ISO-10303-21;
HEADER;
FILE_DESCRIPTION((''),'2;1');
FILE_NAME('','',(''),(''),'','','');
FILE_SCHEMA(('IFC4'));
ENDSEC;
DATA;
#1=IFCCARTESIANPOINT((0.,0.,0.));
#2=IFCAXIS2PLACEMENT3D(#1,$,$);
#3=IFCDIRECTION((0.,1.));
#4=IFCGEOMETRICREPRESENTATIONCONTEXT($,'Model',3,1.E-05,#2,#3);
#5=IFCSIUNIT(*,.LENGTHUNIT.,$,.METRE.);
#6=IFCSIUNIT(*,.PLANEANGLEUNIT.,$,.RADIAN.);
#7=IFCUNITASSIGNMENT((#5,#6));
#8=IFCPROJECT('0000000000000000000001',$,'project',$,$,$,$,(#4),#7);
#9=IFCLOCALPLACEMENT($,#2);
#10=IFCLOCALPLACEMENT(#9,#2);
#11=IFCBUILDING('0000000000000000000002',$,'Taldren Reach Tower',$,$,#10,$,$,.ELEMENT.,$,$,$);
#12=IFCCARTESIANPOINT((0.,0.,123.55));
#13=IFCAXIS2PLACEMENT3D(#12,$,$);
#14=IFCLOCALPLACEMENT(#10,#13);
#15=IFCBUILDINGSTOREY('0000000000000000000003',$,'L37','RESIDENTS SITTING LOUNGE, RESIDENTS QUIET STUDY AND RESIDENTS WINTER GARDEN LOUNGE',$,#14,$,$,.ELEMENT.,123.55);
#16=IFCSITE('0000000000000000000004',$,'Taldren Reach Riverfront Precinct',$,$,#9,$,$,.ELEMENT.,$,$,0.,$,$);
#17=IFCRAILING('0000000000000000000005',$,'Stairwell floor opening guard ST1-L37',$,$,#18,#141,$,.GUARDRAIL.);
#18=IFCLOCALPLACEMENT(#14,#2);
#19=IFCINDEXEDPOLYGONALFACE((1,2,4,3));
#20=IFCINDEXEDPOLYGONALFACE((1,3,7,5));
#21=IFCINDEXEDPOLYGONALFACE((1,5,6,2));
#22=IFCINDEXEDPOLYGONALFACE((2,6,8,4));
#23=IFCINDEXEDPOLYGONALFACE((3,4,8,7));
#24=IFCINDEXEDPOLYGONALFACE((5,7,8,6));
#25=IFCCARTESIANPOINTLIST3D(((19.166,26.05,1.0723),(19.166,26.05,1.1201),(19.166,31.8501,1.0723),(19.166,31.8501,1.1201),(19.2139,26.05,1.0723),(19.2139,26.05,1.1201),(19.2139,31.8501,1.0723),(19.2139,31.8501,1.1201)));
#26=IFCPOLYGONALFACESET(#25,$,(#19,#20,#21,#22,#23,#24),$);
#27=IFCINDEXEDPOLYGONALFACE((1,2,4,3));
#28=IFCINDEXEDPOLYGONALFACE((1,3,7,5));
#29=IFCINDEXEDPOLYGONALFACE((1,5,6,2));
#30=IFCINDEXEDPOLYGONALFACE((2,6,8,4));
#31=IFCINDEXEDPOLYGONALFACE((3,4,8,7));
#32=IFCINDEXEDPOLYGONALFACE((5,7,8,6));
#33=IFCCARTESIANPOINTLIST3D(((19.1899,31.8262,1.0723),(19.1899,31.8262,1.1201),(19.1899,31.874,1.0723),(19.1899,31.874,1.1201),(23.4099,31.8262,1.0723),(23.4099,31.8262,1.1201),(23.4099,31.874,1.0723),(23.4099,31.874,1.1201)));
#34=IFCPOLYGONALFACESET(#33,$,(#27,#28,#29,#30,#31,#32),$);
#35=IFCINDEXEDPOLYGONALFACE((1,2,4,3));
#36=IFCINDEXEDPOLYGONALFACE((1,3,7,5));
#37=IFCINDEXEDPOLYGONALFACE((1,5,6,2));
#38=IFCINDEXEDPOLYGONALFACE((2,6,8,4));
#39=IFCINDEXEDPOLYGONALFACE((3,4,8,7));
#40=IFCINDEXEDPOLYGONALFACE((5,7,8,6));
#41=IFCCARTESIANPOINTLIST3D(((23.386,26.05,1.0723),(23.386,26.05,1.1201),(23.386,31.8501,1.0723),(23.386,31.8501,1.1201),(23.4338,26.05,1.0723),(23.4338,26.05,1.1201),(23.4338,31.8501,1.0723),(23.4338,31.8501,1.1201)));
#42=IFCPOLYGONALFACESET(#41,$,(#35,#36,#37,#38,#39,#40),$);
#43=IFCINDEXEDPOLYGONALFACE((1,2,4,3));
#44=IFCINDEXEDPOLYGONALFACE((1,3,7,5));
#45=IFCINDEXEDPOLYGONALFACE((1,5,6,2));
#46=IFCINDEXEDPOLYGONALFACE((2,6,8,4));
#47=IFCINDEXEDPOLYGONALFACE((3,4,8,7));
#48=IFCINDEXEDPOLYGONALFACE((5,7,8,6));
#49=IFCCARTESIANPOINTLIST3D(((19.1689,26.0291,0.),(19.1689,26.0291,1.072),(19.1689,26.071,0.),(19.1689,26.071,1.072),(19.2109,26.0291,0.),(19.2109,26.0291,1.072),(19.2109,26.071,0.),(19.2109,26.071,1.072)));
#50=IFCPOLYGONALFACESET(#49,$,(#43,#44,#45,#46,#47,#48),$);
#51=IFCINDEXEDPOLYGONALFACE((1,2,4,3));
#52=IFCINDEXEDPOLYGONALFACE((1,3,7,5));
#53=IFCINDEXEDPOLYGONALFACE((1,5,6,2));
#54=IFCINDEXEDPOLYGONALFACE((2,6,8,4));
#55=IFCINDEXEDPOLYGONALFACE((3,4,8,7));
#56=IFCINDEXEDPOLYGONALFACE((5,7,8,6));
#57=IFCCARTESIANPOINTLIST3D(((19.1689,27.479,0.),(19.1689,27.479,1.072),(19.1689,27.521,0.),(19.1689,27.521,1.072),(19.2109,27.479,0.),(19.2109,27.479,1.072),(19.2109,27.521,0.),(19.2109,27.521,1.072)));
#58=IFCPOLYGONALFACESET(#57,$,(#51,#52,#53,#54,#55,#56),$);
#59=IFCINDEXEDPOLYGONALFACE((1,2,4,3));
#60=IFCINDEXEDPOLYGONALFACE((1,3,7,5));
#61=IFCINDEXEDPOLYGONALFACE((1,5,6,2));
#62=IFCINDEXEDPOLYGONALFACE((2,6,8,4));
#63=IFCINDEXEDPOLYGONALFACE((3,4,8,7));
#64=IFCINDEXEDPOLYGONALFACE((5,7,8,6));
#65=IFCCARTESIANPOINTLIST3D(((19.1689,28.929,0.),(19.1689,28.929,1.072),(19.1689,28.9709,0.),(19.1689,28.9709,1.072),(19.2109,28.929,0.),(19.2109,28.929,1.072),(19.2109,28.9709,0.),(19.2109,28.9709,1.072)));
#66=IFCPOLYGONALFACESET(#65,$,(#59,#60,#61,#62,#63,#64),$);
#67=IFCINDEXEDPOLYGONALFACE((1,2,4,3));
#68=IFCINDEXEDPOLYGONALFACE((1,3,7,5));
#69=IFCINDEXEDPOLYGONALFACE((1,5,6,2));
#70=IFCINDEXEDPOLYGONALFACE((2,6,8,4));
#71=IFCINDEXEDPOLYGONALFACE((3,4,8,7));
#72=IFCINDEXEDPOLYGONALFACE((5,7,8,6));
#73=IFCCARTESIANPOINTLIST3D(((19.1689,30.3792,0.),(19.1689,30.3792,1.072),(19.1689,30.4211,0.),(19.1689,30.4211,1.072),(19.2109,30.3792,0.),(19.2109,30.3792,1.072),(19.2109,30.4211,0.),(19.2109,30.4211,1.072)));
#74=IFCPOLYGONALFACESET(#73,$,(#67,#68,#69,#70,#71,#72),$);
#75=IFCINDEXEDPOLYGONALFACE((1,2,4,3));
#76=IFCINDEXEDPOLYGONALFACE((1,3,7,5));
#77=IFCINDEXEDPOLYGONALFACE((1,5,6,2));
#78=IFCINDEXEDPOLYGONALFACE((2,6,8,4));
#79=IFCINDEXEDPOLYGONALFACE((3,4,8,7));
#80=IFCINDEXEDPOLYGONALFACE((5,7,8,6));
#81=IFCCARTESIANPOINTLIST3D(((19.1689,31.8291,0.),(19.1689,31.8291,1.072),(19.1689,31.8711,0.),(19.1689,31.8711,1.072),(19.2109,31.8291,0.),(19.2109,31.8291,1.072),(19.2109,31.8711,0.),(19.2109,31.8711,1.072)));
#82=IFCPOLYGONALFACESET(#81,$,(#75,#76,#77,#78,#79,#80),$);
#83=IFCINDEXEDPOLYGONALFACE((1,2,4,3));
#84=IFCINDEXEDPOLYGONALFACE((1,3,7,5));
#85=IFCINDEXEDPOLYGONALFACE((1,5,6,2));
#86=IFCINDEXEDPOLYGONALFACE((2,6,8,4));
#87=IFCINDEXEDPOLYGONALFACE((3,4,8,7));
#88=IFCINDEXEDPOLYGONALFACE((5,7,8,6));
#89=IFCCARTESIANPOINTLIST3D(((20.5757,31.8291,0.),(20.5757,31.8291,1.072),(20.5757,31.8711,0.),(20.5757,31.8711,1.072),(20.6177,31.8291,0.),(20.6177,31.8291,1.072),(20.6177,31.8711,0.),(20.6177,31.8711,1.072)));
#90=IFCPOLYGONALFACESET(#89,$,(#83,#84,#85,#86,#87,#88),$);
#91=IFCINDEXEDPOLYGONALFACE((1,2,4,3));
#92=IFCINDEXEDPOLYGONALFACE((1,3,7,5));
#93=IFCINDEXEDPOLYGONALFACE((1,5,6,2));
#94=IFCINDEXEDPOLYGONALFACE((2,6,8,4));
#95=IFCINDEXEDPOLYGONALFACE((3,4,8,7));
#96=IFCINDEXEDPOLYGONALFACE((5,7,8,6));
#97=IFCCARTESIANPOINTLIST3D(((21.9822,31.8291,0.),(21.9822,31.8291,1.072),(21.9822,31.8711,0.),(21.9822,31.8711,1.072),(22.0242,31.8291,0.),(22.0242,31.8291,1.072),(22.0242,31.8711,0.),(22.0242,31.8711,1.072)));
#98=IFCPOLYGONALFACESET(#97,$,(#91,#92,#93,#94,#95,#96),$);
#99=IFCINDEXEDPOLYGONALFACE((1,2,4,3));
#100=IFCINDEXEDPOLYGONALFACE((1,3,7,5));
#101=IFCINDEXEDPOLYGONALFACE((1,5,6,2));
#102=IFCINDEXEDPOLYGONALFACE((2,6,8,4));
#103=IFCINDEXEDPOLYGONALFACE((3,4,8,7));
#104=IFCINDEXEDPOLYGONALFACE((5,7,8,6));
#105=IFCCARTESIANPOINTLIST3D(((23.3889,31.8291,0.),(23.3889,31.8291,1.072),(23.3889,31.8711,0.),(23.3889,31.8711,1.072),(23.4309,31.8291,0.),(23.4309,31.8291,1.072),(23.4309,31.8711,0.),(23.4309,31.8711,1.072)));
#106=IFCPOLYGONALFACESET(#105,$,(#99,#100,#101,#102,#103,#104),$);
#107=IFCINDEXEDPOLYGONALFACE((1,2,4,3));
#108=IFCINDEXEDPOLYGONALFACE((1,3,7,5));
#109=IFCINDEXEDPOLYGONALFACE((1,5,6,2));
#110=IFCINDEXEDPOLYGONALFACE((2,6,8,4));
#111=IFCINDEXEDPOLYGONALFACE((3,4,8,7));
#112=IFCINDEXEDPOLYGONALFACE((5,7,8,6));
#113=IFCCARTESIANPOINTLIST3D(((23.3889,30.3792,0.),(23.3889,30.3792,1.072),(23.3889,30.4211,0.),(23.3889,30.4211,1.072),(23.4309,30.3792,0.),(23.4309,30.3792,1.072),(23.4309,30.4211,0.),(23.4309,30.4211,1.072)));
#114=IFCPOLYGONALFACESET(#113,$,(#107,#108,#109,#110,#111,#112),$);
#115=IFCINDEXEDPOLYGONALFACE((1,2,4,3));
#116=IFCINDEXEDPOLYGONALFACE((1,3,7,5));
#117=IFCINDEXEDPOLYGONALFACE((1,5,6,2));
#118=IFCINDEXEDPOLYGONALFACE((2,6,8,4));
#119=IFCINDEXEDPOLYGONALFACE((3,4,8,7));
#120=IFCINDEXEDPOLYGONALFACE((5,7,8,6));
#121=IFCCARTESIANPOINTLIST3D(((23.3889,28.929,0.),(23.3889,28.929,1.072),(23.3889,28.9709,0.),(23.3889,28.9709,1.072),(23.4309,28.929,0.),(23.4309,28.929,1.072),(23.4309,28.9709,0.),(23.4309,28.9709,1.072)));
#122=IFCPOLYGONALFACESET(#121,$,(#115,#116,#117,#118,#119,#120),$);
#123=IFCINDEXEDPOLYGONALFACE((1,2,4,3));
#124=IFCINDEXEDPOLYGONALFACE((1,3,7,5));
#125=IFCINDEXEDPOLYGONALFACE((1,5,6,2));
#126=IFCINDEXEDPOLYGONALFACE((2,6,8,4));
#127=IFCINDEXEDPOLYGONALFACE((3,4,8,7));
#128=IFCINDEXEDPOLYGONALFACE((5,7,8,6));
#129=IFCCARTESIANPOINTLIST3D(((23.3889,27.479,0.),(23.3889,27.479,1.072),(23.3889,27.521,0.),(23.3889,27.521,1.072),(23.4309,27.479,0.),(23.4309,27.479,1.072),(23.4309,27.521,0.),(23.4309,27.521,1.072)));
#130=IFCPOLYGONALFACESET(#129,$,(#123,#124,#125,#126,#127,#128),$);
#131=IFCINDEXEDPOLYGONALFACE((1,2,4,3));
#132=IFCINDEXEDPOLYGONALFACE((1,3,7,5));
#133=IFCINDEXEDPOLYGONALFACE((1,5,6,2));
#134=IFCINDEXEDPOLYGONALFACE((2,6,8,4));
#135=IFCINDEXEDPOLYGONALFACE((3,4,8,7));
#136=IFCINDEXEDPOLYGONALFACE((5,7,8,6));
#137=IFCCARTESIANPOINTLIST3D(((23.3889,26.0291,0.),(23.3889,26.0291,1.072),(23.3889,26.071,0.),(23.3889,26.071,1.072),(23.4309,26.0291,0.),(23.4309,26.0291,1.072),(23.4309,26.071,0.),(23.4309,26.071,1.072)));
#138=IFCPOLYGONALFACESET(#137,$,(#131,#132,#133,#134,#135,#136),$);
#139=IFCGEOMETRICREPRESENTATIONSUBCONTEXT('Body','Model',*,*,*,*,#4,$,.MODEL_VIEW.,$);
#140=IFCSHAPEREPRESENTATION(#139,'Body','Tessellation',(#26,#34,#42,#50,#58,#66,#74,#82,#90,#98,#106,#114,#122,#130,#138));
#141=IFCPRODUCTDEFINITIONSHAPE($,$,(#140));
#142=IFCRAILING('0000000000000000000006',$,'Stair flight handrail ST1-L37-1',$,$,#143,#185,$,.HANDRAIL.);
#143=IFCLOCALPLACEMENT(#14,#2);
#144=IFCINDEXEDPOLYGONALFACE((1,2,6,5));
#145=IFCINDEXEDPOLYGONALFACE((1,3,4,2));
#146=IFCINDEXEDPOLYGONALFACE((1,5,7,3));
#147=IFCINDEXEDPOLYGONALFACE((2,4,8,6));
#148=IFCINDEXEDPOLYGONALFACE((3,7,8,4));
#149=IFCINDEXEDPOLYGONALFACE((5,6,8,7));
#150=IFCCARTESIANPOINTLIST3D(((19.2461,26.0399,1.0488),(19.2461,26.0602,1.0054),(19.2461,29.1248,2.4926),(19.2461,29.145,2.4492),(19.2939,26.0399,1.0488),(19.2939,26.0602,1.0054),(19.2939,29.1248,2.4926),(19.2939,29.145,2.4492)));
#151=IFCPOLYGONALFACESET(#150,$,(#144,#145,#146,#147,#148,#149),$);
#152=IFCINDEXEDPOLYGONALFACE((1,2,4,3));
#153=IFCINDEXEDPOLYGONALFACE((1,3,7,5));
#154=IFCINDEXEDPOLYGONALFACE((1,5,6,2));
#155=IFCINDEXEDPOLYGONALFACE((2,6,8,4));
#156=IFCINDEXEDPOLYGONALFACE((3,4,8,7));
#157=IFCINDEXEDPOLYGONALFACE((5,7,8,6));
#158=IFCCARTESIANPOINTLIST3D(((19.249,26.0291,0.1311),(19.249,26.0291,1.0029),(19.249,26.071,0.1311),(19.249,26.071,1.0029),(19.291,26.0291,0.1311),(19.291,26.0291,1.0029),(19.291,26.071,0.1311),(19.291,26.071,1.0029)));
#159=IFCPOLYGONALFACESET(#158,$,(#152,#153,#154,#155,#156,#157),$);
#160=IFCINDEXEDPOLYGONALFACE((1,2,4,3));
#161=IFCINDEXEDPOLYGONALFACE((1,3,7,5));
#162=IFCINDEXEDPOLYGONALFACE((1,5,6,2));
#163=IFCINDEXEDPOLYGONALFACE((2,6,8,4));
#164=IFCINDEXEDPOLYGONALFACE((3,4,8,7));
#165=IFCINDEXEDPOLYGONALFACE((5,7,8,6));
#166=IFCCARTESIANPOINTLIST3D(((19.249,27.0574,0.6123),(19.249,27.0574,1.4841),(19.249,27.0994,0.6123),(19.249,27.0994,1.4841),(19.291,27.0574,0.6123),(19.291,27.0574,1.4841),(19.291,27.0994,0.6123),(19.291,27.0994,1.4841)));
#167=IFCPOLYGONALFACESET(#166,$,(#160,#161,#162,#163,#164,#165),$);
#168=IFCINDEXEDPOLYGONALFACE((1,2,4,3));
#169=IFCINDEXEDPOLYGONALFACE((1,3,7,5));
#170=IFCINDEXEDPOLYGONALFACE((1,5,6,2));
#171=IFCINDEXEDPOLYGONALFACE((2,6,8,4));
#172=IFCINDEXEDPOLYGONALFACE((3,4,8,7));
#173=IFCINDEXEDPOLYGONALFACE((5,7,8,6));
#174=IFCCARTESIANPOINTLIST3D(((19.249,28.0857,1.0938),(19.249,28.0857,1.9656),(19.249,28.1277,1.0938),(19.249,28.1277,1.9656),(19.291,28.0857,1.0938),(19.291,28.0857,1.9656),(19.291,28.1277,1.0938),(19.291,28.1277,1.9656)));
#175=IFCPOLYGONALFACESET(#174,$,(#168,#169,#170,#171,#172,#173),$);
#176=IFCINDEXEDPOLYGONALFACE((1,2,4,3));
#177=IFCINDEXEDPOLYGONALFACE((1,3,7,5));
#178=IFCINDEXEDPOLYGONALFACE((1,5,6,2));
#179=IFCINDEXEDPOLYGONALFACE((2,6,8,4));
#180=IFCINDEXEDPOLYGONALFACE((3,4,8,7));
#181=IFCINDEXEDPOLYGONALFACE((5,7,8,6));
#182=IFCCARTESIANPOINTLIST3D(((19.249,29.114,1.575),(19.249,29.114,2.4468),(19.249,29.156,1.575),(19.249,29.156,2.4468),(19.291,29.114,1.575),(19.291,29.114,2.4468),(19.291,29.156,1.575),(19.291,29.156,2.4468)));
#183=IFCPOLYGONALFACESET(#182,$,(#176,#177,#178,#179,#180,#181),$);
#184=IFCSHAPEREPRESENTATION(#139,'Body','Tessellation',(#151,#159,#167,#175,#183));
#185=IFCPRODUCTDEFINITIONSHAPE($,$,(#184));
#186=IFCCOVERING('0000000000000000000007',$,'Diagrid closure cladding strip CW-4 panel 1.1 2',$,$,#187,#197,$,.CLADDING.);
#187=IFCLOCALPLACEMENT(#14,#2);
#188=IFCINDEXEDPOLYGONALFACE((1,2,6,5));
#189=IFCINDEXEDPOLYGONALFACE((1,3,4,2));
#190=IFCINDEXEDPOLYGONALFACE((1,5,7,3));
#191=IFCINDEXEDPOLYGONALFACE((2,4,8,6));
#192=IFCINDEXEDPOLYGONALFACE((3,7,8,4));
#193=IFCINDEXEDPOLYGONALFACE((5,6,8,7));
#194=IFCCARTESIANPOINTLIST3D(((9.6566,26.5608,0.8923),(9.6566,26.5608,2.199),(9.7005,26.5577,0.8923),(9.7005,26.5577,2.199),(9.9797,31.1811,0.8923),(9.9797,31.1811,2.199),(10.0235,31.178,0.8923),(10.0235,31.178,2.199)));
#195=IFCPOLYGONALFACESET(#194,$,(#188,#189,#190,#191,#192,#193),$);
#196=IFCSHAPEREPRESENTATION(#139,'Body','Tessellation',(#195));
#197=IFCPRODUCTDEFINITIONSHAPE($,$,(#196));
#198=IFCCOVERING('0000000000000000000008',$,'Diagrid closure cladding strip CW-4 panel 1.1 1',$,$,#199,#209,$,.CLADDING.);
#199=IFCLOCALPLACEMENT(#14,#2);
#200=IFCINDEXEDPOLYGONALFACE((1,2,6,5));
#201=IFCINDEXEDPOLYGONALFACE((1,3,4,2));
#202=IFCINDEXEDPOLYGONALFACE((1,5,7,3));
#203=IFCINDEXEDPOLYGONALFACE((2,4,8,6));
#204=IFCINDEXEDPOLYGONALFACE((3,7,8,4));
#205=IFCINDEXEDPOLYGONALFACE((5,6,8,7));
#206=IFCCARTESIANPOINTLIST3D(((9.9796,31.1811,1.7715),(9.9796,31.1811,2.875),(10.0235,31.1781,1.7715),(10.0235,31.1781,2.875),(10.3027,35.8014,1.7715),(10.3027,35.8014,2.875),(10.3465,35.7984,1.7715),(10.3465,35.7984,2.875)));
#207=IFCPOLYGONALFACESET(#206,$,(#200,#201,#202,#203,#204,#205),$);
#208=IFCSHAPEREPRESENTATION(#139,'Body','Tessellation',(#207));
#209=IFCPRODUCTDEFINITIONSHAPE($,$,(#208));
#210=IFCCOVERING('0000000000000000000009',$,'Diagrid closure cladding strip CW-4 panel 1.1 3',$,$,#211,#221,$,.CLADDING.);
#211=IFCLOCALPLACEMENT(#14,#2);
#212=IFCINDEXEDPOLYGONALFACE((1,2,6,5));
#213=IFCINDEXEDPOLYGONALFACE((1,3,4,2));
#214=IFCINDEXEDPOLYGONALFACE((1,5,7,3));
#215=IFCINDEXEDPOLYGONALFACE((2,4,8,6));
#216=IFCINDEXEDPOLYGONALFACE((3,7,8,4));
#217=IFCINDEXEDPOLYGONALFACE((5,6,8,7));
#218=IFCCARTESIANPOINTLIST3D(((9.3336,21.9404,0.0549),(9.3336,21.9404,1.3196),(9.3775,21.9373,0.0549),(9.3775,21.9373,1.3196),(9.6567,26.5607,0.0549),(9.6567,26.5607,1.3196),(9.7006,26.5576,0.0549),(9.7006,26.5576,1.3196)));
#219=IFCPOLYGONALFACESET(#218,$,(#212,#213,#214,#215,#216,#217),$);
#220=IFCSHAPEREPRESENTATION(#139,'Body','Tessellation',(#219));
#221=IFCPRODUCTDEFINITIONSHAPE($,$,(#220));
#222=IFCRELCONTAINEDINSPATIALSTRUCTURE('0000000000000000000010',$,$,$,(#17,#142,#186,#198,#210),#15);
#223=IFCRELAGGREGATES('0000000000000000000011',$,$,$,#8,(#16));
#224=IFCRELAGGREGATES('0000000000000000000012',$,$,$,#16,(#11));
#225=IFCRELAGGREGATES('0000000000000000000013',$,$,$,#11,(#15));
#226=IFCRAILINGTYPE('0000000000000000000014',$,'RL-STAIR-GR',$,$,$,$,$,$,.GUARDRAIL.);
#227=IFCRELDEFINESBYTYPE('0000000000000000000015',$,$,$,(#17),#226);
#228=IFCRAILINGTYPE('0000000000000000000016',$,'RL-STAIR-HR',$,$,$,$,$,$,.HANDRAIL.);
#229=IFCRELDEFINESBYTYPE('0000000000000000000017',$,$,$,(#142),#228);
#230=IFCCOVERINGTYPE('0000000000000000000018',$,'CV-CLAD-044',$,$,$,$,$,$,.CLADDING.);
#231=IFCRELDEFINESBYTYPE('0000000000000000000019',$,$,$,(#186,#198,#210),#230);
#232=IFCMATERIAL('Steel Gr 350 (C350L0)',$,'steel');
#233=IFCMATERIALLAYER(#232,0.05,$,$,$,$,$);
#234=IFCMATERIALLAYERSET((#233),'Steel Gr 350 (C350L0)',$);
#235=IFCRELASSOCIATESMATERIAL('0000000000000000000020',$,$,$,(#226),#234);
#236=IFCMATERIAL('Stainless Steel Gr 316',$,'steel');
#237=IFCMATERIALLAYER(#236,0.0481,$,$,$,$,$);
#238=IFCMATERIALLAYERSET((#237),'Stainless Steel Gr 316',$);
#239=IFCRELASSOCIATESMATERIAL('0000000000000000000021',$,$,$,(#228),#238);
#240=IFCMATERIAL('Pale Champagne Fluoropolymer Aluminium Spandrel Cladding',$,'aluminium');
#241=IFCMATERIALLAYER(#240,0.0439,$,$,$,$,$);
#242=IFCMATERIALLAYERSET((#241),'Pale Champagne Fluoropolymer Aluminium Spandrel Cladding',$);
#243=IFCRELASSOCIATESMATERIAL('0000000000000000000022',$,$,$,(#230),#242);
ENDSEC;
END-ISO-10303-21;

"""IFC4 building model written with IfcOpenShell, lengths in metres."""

from ifc_helpers import new_model, si_unit, direction, frame, origin, origin_2d, place, context, subcontext, project, spatial, rectangle, extrude, source, transform, mapped, material, layer, layer_set, type_object, element, save


model = new_model("IFC4")

# Units and contexts
model_context = context("Model", 3, precision=1e-05, world=origin(), true_north=direction((0.0, 1.0)))
body_context = subcontext(model_context, "Body", "Model", "MODEL_VIEW")
ifc_project = project(units=[si_unit("LENGTHUNIT", "METRE"), si_unit("PLANEANGLEUNIT", "RADIAN")], contexts=[model_context])

# Site, building, storey
site_placement = place(None, origin())
site = spatial("IfcSite", under=ifc_project, at=site_placement, Name="Taldren Reach Riverfront Precinct", CompositionType="ELEMENT", RefElevation=0.0)
building_placement = place(site_placement, origin())
building = spatial("IfcBuilding", under=site, at=building_placement, Name="Taldren Reach Tower", CompositionType="ELEMENT")
storey_placement = place(building_placement, frame((0.0, 0.0, 123.55)))
storey = spatial("IfcBuildingStorey", under=building, at=storey_placement, Name="L37", Description="RESIDENTS SITTING LOUNGE, RESIDENTS QUIET STUDY AND RESIDENTS WINTER GARDEN LOUNGE", CompositionType="ELEMENT", Elevation=123.55)

# Shared definitions
ifc_material_1 = material(Name="Steel Gr 350 (C350L0)", Category="steel")

# Railings
ifc_layer_1 = layer(ifc_material_1, 0.05)
ifc_layer_set_1 = layer_set([ifc_layer_1], Name="Steel Gr 350 (C350L0)")
railing_type_1 = type_object("IfcRailingType", Name="RL-STAIR-GR", PredefinedType="GUARDRAIL", material=ifc_layer_set_1)
railing_1_placement = place(storey_placement, frame((19.1899, 26.05, 0.0)))
element("IfcRailing", 1, at=railing_1_placement, inside=storey, type_object=railing_type_1, Name="Stairwell floor opening guard ST1-L37", PredefinedType="GUARDRAIL", context=body_context, shape_type="SweptSolid", body=[
    extrude(rectangle(XDim=0.0479, YDim=0.0479, at=origin_2d()), frame((0.0, 0.0, 1.0962), z_axis=(0.0, 1.0, 0.0), x_axis=(-1.0, 0.0, 0.0)), (0.0, 0.0, 1.0), 5.8),
    extrude(rectangle(XDim=0.0479, YDim=0.0479, at=origin_2d()), frame((0.0, 5.8, 1.0962), z_axis=(1.0, 0.0, 0.0), x_axis=(0.0, 1.0, 0.0)), (0.0, 0.0, 1.0), 4.22),
    extrude(rectangle(XDim=0.0479, YDim=0.0479, at=origin_2d()), frame((4.22, 5.8, 1.0962), z_axis=(0.0, -1.0, 0.0), x_axis=(1.0, 0.0, 0.0)), (0.0, 0.0, 1.0), 5.8),
    extrude(rectangle(XDim=0.042, YDim=0.042, at=origin_2d()), origin(), (0.0, 0.0, 1.0), 1.072),
    extrude(rectangle(XDim=0.042, YDim=0.042, at=origin_2d()), frame((0.0, 1.45, 0.0)), (0.0, 0.0, 1.0), 1.072),
    extrude(rectangle(XDim=0.042, YDim=0.042, at=origin_2d()), frame((0.0, 2.8999, 0.0)), (0.0, 0.0, 1.0), 1.072),
    extrude(rectangle(XDim=0.042, YDim=0.042, at=origin_2d()), frame((0.0, 4.3501, 0.0)), (0.0, 0.0, 1.0), 1.072),
    extrude(rectangle(XDim=0.042, YDim=0.042, at=origin_2d()), frame((0.0, 5.8, 0.0)), (0.0, 0.0, 1.0), 1.072),
    extrude(rectangle(XDim=0.042, YDim=0.042, at=origin_2d()), frame((1.4067, 5.8, 0.0)), (0.0, 0.0, 1.0), 1.072),
    extrude(rectangle(XDim=0.042, YDim=0.042, at=origin_2d()), frame((2.8132, 5.8, 0.0)), (0.0, 0.0, 1.0), 1.072),
    extrude(rectangle(XDim=0.042, YDim=0.042, at=origin_2d()), frame((4.22, 5.8, 0.0)), (0.0, 0.0, 1.0), 1.072),
    extrude(rectangle(XDim=0.042, YDim=0.042, at=origin_2d()), frame((4.22, 4.3501, 0.0)), (0.0, 0.0, 1.0), 1.072),
    extrude(rectangle(XDim=0.042, YDim=0.042, at=origin_2d()), frame((4.22, 2.8999, 0.0)), (0.0, 0.0, 1.0), 1.072),
    extrude(rectangle(XDim=0.042, YDim=0.042, at=origin_2d()), frame((4.22, 1.45, 0.0)), (0.0, 0.0, 1.0), 1.072),
    extrude(rectangle(XDim=0.042, YDim=0.042, at=origin_2d()), frame((4.22, 0.0, 0.0)), (0.0, 0.0, 1.0), 1.072),
])
ifc_material_2 = material(Name="Stainless Steel Gr 316", Category="steel")
ifc_layer_2 = layer(ifc_material_2, 0.0481)
ifc_layer_set_2 = layer_set([ifc_layer_2], Name="Stainless Steel Gr 316")
railing_type_2 = type_object("IfcRailingType", Name="RL-STAIR-HR", PredefinedType="HANDRAIL", material=ifc_layer_set_2)
railing_2_placement = place(storey_placement, frame((19.27, 26.05, 0.1311)))
element("IfcRailing", 2, at=railing_2_placement, inside=storey, type_object=railing_type_2, Name="Stair flight handrail ST1-L37-1", PredefinedType="HANDRAIL", context=body_context, shape_type="SweptSolid", body=[
    extrude(rectangle(XDim=0.0479, YDim=0.0479, at=origin_2d()), frame((0.0, 0.0, 0.896), z_axis=(0.0, 0.90571, 0.423898), x_axis=(-1.0, 0.0, 0.0)), (0.0, 0.0, 1.0), 3.406),
    extrude(rectangle(XDim=0.042, YDim=0.042, at=origin_2d()), origin(), (0.0, 0.0, 1.0), 0.8718),
    extrude(rectangle(XDim=0.042, YDim=0.042, at=origin_2d()), frame((0.0, 1.0283, 0.4812)), (0.0, 0.0, 1.0), 0.8718),
    extrude(rectangle(XDim=0.042, YDim=0.042, at=origin_2d()), frame((0.0, 2.0566, 0.9626)), (0.0, 0.0, 1.0), 0.8718),
    extrude(rectangle(XDim=0.042, YDim=0.042, at=origin_2d()), frame((0.0, 3.085, 1.4438)), (0.0, 0.0, 1.0), 0.8718),
])

# Coverings
ifc_material_3 = material(Name="Pale Champagne Fluoropolymer Aluminium Spandrel Cladding", Category="aluminium")
ifc_layer_3 = layer(ifc_material_3, 0.0439)
ifc_layer_set_3 = layer_set([ifc_layer_3], Name="Pale Champagne Fluoropolymer Aluminium Spandrel Cladding")
covering_type = type_object("IfcCoveringType", Name="CV-CLAD-044", PredefinedType="CLADDING", material=ifc_layer_set_3)
shared_shape_1 = source(origin(), body_context, "Body", "SweptSolid", [
    extrude(rectangle(XDim=4.6316, YDim=0.0439, at=origin_2d()), origin(), (0.0, 0.0, 1.0), 1.3066),
])
covering_1_placement = place(storey_placement, frame((9.8401, 28.8694, 0.8923), z_axis=(0.0, 0.0, 1.0), x_axis=(-0.069756, -0.997564, 0.0)))
element("IfcCovering", 3, at=covering_1_placement, inside=storey, type_object=covering_type, Name="Diagrid closure cladding strip CW-4 panel 1.1 2", PredefinedType="CLADDING", context=body_context, shape_type="MappedRepresentation", body=[
    mapped(shared_shape_1, transform((0.0, 0.0, 0.0), scale=1.0)),
])
shared_shape_2 = source(origin(), body_context, "Body", "SweptSolid", [
    extrude(rectangle(XDim=4.6316, YDim=0.0439, at=origin_2d()), origin(), (0.0, 0.0, 1.0), 1.1035),
])
covering_2_placement = place(storey_placement, frame((10.1631, 33.4897, 1.7715), z_axis=(0.0, 0.0, 1.0), x_axis=(-0.069756, -0.997564, 0.0)))
element("IfcCovering", 4, at=covering_2_placement, inside=storey, type_object=covering_type, Name="Diagrid closure cladding strip CW-4 panel 1.1 1", PredefinedType="CLADDING", context=body_context, shape_type="MappedRepresentation", body=[
    mapped(shared_shape_2, transform((0.0, 0.0, 0.0), scale=1.0)),
])
shared_shape_3 = source(origin(), body_context, "Body", "SweptSolid", [
    extrude(rectangle(XDim=4.6316, YDim=0.0439, at=origin_2d()), origin(), (0.0, 0.0, 1.0), 1.2646),
])
covering_3_placement = place(storey_placement, frame((9.5171, 24.249, 0.0549), z_axis=(0.0, 0.0, 1.0), x_axis=(-0.069756, -0.997564, 0.0)))
element("IfcCovering", 5, at=covering_3_placement, inside=storey, type_object=covering_type, Name="Diagrid closure cladding strip CW-4 panel 1.1 3", PredefinedType="CLADDING", context=body_context, shape_type="MappedRepresentation", body=[
    mapped(shared_shape_3, transform((0.0, 0.0, 0.0), scale=1.0)),
])

save(model, "model.ifc")
